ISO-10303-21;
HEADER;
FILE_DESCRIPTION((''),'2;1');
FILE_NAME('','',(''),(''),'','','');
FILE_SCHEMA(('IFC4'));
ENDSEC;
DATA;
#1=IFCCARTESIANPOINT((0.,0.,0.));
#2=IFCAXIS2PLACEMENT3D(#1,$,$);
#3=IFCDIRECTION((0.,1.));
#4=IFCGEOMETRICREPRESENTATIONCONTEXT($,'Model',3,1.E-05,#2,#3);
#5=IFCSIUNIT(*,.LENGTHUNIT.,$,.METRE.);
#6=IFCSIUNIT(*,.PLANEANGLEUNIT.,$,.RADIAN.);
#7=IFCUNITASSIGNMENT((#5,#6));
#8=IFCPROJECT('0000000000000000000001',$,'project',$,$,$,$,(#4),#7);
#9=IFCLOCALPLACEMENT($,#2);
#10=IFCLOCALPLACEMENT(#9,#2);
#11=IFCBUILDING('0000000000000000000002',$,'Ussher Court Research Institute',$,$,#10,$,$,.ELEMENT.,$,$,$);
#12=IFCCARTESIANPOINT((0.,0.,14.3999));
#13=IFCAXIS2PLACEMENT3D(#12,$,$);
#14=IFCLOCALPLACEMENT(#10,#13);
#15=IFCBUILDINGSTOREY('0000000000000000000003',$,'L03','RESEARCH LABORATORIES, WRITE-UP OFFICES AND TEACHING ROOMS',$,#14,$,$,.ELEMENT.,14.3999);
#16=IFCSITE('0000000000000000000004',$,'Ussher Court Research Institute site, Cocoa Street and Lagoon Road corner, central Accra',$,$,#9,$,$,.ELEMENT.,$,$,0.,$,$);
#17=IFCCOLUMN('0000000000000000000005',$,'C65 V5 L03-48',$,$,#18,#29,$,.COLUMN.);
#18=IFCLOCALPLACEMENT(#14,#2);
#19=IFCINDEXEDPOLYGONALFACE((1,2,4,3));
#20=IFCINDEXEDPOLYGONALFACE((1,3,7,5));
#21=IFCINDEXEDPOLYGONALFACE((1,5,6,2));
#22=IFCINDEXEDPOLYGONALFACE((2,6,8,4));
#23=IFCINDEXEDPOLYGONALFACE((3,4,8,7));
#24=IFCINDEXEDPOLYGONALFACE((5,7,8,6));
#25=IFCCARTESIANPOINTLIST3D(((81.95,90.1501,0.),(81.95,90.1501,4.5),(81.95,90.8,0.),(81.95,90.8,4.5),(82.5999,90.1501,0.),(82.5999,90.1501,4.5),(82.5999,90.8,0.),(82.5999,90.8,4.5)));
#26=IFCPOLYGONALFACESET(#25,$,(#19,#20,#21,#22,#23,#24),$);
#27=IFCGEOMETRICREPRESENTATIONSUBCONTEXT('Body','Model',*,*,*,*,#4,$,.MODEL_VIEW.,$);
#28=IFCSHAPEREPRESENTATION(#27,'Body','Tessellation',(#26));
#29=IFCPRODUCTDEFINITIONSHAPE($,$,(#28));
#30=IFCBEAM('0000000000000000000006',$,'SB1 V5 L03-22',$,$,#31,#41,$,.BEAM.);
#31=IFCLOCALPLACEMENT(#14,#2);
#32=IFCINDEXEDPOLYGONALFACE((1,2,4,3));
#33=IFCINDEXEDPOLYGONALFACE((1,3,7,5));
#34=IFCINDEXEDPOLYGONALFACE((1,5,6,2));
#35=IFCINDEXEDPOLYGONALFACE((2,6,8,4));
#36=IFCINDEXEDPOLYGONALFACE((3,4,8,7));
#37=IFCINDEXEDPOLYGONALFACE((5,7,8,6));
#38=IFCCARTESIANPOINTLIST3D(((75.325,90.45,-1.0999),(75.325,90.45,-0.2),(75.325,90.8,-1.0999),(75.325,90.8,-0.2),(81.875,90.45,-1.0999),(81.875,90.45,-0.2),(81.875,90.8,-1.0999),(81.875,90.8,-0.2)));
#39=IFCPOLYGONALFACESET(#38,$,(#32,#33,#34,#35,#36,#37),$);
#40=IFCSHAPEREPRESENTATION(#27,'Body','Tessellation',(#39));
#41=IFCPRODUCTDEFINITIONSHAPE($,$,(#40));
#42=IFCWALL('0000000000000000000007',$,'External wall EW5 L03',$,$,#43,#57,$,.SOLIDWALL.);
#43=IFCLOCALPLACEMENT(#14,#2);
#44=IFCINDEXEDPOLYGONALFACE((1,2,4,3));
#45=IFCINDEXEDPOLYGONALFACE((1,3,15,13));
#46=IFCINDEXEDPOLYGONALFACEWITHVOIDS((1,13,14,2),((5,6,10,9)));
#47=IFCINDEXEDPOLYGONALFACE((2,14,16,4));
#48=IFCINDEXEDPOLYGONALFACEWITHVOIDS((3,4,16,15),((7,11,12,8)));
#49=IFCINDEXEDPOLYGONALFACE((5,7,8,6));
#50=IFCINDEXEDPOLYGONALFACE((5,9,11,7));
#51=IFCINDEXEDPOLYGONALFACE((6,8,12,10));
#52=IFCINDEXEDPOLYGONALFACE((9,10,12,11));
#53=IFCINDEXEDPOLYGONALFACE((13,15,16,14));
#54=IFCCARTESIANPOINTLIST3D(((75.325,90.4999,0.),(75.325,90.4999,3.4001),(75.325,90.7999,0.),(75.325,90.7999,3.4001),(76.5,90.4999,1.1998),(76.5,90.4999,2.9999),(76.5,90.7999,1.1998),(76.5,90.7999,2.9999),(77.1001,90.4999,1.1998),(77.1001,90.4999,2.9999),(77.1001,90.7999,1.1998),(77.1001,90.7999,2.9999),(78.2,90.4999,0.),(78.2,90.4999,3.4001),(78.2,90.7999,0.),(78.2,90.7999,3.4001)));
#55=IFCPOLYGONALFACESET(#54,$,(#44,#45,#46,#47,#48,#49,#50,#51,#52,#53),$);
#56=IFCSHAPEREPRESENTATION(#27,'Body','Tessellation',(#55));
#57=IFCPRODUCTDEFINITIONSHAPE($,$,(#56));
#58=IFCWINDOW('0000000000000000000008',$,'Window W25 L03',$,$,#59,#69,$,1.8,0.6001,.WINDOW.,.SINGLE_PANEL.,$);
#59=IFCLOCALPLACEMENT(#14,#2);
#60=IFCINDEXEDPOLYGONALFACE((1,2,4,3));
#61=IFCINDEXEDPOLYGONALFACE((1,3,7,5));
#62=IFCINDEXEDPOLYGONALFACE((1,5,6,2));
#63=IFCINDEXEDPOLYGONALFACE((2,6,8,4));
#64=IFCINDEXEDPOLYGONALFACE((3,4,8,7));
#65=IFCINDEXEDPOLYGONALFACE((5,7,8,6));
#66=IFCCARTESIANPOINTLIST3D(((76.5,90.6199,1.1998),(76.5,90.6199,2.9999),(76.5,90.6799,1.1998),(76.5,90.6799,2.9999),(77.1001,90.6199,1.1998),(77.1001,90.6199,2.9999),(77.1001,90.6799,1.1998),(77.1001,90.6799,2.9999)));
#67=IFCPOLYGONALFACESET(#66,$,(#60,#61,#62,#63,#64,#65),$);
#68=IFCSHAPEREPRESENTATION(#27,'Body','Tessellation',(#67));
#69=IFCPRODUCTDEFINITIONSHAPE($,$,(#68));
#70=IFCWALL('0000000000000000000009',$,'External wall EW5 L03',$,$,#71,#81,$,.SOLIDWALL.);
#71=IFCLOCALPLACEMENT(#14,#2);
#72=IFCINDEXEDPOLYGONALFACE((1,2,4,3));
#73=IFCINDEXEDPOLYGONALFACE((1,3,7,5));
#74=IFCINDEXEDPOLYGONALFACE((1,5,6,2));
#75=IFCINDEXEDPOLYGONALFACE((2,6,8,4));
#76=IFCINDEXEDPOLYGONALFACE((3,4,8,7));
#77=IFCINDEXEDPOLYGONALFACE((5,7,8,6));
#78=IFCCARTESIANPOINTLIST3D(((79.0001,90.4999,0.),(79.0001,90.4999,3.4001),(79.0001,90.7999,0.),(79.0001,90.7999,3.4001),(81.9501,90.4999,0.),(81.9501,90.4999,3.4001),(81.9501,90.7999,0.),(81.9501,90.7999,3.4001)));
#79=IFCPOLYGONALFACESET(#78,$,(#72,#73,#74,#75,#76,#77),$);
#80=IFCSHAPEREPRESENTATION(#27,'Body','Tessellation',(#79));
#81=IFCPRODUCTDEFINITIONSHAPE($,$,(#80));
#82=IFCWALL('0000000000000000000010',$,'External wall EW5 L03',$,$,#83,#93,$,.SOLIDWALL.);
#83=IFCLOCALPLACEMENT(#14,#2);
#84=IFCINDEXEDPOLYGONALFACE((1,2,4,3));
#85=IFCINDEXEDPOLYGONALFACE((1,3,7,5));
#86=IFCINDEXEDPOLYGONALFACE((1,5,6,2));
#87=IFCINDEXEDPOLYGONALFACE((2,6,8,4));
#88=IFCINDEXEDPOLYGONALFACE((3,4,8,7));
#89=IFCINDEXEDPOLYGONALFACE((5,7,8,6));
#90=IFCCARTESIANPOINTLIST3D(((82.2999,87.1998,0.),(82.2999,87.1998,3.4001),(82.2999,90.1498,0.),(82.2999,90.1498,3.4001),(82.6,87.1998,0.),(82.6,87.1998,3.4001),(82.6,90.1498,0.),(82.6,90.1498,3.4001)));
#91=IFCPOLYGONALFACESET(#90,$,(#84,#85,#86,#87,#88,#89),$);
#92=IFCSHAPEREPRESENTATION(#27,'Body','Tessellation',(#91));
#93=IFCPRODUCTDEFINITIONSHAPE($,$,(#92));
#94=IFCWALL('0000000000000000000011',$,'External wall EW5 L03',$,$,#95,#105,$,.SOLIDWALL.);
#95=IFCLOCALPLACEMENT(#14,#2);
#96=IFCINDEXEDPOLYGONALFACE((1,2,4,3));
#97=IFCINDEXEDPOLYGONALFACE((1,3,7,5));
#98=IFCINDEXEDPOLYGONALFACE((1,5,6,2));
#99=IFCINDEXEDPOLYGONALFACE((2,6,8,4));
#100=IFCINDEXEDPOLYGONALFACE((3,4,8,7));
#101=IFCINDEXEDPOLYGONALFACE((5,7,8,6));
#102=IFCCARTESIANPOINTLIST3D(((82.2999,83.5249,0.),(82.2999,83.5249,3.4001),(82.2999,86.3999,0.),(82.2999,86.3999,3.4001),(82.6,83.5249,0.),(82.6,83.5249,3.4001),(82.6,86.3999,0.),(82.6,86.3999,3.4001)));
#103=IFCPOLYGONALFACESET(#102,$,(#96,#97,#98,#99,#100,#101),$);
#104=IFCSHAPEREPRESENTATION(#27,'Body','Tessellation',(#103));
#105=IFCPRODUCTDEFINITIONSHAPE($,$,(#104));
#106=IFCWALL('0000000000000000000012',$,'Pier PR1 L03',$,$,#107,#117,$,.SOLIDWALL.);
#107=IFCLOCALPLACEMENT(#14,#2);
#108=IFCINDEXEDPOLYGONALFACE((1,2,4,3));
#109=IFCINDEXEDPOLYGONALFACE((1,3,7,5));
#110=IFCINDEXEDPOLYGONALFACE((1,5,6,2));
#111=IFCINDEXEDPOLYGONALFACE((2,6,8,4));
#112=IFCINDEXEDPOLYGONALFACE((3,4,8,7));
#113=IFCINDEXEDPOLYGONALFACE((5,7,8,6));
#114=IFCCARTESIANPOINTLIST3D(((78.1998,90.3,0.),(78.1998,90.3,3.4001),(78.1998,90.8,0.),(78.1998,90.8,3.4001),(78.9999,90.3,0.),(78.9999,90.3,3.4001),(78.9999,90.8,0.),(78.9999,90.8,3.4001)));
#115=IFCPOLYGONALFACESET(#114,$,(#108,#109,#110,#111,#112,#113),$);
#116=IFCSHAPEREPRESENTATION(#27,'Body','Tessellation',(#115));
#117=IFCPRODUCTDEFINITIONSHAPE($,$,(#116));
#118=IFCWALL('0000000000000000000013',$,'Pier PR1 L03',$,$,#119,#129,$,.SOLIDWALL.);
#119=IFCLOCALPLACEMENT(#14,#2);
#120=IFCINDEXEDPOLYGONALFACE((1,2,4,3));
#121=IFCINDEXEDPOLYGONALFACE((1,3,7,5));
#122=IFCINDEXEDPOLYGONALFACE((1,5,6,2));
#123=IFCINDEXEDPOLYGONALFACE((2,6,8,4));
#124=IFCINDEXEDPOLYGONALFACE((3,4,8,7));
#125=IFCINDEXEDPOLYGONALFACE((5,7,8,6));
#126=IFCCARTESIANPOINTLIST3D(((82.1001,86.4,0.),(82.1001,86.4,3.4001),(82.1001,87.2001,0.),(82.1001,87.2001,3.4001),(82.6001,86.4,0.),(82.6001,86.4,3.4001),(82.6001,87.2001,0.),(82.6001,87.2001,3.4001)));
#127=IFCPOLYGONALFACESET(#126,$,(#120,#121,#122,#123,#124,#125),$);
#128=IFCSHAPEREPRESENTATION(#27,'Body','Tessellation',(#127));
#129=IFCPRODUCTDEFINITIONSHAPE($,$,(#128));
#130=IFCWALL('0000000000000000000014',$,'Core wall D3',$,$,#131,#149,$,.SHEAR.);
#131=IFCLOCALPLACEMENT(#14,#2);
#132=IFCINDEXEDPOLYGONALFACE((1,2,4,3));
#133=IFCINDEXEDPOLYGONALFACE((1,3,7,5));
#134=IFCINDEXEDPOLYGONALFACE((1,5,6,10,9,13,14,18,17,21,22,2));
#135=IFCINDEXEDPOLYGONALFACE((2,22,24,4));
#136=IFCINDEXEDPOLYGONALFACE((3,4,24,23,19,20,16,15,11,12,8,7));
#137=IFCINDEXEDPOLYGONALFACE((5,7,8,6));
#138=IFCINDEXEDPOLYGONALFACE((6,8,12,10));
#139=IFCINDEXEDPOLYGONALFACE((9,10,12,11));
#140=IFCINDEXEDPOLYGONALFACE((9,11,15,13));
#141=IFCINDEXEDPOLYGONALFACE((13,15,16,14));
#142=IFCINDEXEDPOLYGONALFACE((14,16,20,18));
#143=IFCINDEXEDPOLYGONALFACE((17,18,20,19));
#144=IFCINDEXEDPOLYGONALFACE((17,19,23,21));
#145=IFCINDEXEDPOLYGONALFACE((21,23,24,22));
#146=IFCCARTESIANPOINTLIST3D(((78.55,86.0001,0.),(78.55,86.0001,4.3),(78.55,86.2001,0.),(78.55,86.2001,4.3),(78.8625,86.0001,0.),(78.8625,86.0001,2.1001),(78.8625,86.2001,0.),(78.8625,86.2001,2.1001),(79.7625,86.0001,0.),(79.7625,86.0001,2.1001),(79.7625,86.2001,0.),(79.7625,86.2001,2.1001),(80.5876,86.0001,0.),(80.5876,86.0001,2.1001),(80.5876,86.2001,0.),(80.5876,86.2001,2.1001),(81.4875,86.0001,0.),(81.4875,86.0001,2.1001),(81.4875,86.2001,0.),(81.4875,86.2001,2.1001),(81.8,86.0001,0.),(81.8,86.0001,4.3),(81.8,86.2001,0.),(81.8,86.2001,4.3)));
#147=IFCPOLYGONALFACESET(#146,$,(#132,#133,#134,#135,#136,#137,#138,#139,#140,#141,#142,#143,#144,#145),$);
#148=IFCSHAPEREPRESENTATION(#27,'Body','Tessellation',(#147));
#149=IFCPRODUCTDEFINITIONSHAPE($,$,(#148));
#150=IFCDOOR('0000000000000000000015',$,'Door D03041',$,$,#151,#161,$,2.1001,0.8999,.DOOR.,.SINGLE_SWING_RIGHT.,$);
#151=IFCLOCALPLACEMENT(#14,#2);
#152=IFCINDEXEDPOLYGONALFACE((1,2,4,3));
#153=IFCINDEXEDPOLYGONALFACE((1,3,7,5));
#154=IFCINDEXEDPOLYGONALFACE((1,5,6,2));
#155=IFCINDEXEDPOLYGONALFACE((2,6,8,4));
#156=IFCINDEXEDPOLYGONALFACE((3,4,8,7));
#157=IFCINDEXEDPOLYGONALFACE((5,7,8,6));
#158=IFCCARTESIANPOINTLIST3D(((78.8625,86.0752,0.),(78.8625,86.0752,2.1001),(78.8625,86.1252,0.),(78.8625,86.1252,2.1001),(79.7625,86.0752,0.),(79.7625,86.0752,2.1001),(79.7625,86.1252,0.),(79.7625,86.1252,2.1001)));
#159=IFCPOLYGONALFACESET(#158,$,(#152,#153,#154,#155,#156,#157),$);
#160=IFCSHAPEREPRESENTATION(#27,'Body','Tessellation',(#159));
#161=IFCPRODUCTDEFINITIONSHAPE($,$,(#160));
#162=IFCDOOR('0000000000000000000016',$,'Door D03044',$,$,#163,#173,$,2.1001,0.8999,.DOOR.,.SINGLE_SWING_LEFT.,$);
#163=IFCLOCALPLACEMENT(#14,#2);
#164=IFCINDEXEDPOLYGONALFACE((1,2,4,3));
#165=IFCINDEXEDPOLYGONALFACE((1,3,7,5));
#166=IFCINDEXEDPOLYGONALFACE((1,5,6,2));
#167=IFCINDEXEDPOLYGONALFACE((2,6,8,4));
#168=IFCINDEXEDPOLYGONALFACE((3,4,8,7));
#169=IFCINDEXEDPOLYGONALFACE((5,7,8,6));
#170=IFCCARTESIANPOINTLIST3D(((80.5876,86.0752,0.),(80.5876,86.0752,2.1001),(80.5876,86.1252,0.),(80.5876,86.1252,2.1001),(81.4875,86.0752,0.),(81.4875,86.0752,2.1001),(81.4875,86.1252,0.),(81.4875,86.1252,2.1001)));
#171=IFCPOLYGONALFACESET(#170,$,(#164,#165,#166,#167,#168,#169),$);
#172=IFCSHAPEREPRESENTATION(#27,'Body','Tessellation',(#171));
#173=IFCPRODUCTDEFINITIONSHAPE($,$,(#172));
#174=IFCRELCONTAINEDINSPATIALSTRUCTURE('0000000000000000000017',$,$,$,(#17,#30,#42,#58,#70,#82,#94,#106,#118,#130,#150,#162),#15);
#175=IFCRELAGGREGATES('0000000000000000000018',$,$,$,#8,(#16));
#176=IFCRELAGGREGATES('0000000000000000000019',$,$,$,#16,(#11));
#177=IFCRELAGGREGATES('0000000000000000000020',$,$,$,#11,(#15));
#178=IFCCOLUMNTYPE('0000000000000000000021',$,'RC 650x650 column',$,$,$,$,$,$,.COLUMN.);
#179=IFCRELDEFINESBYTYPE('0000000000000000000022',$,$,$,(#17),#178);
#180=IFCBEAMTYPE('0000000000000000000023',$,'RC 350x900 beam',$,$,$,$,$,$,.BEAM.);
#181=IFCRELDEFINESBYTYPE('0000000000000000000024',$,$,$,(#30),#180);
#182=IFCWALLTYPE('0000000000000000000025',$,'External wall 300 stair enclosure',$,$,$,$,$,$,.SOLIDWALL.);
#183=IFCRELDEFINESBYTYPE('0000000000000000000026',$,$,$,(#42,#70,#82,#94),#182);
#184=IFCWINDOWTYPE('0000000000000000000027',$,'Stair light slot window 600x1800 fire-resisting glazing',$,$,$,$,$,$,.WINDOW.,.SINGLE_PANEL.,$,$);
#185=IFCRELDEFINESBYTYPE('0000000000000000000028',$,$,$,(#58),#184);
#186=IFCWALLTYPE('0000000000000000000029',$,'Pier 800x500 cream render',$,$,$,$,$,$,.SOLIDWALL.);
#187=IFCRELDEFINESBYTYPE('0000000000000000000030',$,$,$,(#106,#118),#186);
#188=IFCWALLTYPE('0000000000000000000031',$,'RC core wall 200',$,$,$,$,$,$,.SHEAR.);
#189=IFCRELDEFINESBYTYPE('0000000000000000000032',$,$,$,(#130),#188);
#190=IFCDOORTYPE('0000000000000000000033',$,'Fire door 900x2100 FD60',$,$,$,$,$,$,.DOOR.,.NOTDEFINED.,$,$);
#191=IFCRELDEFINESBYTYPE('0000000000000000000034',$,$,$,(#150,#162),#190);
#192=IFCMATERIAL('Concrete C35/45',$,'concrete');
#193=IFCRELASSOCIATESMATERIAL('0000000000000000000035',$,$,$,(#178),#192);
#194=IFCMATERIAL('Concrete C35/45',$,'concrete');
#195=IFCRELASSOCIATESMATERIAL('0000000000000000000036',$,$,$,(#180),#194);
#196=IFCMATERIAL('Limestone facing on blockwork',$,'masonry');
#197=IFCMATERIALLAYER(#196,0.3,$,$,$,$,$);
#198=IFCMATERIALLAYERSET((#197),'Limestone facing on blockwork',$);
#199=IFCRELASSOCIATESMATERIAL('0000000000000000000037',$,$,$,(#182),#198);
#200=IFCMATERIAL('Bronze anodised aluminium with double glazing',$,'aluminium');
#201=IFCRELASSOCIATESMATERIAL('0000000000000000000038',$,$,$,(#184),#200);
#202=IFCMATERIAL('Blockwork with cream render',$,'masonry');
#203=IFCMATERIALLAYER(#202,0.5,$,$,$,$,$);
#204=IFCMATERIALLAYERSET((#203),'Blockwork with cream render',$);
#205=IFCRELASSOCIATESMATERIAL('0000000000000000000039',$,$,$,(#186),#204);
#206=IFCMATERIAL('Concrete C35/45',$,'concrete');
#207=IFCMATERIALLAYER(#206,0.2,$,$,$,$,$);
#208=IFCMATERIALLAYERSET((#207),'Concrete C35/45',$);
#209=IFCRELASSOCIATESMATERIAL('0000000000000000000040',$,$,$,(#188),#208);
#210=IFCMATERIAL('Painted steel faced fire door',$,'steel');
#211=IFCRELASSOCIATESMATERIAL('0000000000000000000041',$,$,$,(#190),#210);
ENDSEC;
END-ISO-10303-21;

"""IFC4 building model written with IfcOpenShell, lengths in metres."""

from ifc_helpers import new_model, si_unit, direction, frame, frame_2d, origin, origin_2d, place, context, subcontext, project, spatial, rectangle, extrude, material, layer, layer_set, material_profile, profile_set, type_object, element, fill, save


model = new_model("IFC4")

# Units and contexts
model_context = context("Model", 3, precision=1e-05, world=origin(), true_north=direction((0.0, 1.0)))
body_context = subcontext(model_context, "Body", "Model", "MODEL_VIEW")
ifc_project = project(units=[si_unit("LENGTHUNIT", "METRE"), si_unit("PLANEANGLEUNIT", "RADIAN")], contexts=[model_context])

# Site, building, storey
site_placement = place(None, origin())
site = spatial("IfcSite", under=ifc_project, at=site_placement, Name="Ussher Court Research Institute site, Cocoa Street and Lagoon Road corner, central Accra", CompositionType="ELEMENT", RefElevation=0.0)
building_placement = place(site_placement, origin())
building = spatial("IfcBuilding", under=site, at=building_placement, Name="Ussher Court Research Institute", CompositionType="ELEMENT")
storey_placement = place(building_placement, frame((0.0, 0.0, 14.3999)))
storey = spatial("IfcBuildingStorey", under=building, at=storey_placement, Name="L03", Description="RESEARCH LABORATORIES, WRITE-UP OFFICES AND TEACHING ROOMS", CompositionType="ELEMENT", Elevation=14.3999)

# Column
ifc_material_1 = material(Name="Concrete C35/45", Category="concrete")
ifc_material_profile_1 = material_profile(ifc_material_1, rectangle(XDim=0.6499, YDim=0.6499, at=origin_2d()), Name="RC 650x650")
ifc_profile_set_1 = profile_set([ifc_material_profile_1], Name="Concrete C35/45")
column_type = type_object("IfcColumnType", Name="RC 650x650 column", PredefinedType="COLUMN", material=ifc_profile_set_1)
column_placement = place(storey_placement, frame((82.2749, 90.4751, 0.0), z_axis=(0.0, 0.0, 1.0), x_axis=(1.0, 0.0, 0.0)))
element("IfcColumn", 1, at=column_placement, inside=storey, type_object=column_type, Name="C65 V5 L03-48", PredefinedType="COLUMN", context=body_context, shape_type="SweptSolid", body=[
    extrude(rectangle(XDim=0.6499, YDim=0.6499, at=origin_2d()), origin(), (0.0, 0.0, 1.0), 4.5),
])

# Beam
ifc_material_2 = material(Name="Concrete C35/45", Category="concrete")
ifc_material_profile_2 = material_profile(ifc_material_2, rectangle(XDim=0.3501, YDim=0.8999, at=origin_2d()), Name="RC 350x900")
ifc_profile_set_2 = profile_set([ifc_material_profile_2], Name="Concrete C35/45")
beam_type = type_object("IfcBeamType", Name="RC 350x900 beam", PredefinedType="BEAM", material=ifc_profile_set_2)
beam_placement = place(storey_placement, frame((75.325, 90.625, -0.6499), z_axis=(1.0, 0.0, 0.0), x_axis=(0.0, 1.0, 0.0)))
element("IfcBeam", 2, at=beam_placement, inside=storey, type_object=beam_type, Name="SB1 V5 L03-22", PredefinedType="BEAM", context=body_context, shape_type="SweptSolid", body=[
    extrude(rectangle(XDim=0.3501, YDim=0.8999, at=origin_2d()), origin(), (0.0, 0.0, 1.0), 6.55),
])

# Wall, opening, window
ifc_material_3 = material(Name="Limestone facing on blockwork", Category="masonry")
ifc_layer_1 = layer(ifc_material_3, 0.3)
ifc_layer_set_1 = layer_set([ifc_layer_1], Name="Limestone facing on blockwork")
wall_type_1 = type_object("IfcWallType", Name="External wall 300 stair enclosure", PredefinedType="SOLIDWALL", material=ifc_layer_set_1)
wall_1_placement = place(storey_placement, frame((75.325, 90.6499, 0.0), z_axis=(0.0, 0.0, 1.0), x_axis=(1.0, 0.0, 0.0)))
wall_1 = element("IfcWall", 3, at=wall_1_placement, inside=storey, type_object=wall_type_1, Name="External wall EW5 L03", PredefinedType="SOLIDWALL", context=body_context, shape_type="SweptSolid", body=[
    extrude(rectangle(XDim=2.875, YDim=0.3, at=frame_2d((1.4375, 0.0))), origin(), (0.0, 0.0, 1.0), 3.4001),
])
opening_1_placement = place(wall_1_placement, frame((1.175, 0.0, 1.2)))
opening_1 = element("IfcOpeningElement", 4, at=opening_1_placement, cuts=wall_1, PredefinedType="OPENING", context=body_context, shape_type="SweptSolid", body=[
    extrude(rectangle(XDim=0.6001, YDim=1.8, at=frame_2d((0.3, 0.8999))), frame((0.0, 0.1602, 0.0), z_axis=(0.0, -1.0, 0.0), x_axis=(1.0, 0.0, 0.0)), (0.0, 0.0, 1.0), 0.3201),
])
ifc_material_4 = material(Name="Bronze anodised aluminium with double glazing", Category="aluminium")
window_type = type_object("IfcWindowType", Name="Stair light slot window 600x1800 fire-resisting glazing", PartitioningType="SINGLE_PANEL", PredefinedType="WINDOW", material=ifc_material_4)
window_1_placement = place(opening_1_placement, origin())
window_1 = element("IfcWindow", 5, at=window_1_placement, inside=storey, type_object=window_type, Name="Window W25 L03", OverallHeight=1.8, OverallWidth=0.6001, PartitioningType="SINGLE_PANEL", PredefinedType="WINDOW", context=body_context, shape_type="SweptSolid", body=[
    extrude(rectangle(XDim=0.6001, YDim=1.8, at=frame_2d((0.3, 0.8999))), frame((0.0, 0.03, 0.0), z_axis=(0.0, -1.0, 0.0), x_axis=(1.0, 0.0, 0.0)), (0.0, 0.0, 1.0), 0.0601),
])
fill(opening_1, window_1)

# Walls
for number, where, z_axis, x_axis, name in (
    (6, (79.0, 90.6499, 0.0), (0.0, 0.0, 1.0), (1.0, 0.0, 0.0), "External wall EW5 L03"),
    (7, (82.45, 90.1499, 0.0), (0.0, 0.0, 1.0), (0.0, -1.0, 0.0), "External wall EW5 L03"),
):
    element("IfcWall", number, at=place(storey_placement, frame(where, z_axis=z_axis, x_axis=x_axis)), inside=storey, type_object=wall_type_1, Name=name, PredefinedType="SOLIDWALL", context=body_context, shape_type="SweptSolid", body=[
        extrude(rectangle(XDim=2.95, YDim=0.3, at=frame_2d((1.4751, 0.0))), origin(), (0.0, 0.0, 1.0), 3.4001),
    ])
wall_2_placement = place(storey_placement, frame((82.45, 86.3999, 0.0), z_axis=(0.0, 0.0, 1.0), x_axis=(0.0, -1.0, 0.0)))
element("IfcWall", 8, at=wall_2_placement, inside=storey, type_object=wall_type_1, Name="External wall EW5 L03", PredefinedType="SOLIDWALL", context=body_context, shape_type="SweptSolid", body=[
    extrude(rectangle(XDim=2.875, YDim=0.3, at=frame_2d((1.4375, 0.0))), origin(), (0.0, 0.0, 1.0), 3.4001),
])
ifc_material_5 = material(Name="Blockwork with cream render", Category="masonry")
ifc_layer_2 = layer(ifc_material_5, 0.5)
ifc_layer_set_2 = layer_set([ifc_layer_2], Name="Blockwork with cream render")
wall_type_2 = type_object("IfcWallType", Name="Pier 800x500 cream render", PredefinedType="SOLIDWALL", material=ifc_layer_set_2)
for number, where, z_axis, x_axis, name in (
    (9, (78.2, 90.55, 0.0), (0.0, 0.0, 1.0), (1.0, 0.0, 0.0), "Pier PR1 L03"),
    (10, (82.3501, 87.2, 0.0), (0.0, 0.0, 1.0), (0.0, -1.0, 0.0), "Pier PR1 L03"),
):
    element("IfcWall", number, at=place(storey_placement, frame(where, z_axis=z_axis, x_axis=x_axis)), inside=storey, type_object=wall_type_2, Name=name, PredefinedType="SOLIDWALL", context=body_context, shape_type="SweptSolid", body=[
        extrude(rectangle(XDim=0.8, YDim=0.5, at=frame_2d((0.3999, 0.0))), origin(), (0.0, 0.0, 1.0), 3.4001),
    ])

# Wall, openings, doors
ifc_material_6 = material(Name="Concrete C35/45", Category="concrete")
ifc_layer_3 = layer(ifc_material_6, 0.2)
ifc_layer_set_3 = layer_set([ifc_layer_3], Name="Concrete C35/45")
wall_type_3 = type_object("IfcWallType", Name="RC core wall 200", PredefinedType="SHEAR", material=ifc_layer_set_3)
wall_3_placement = place(storey_placement, frame((81.8, 86.1001, 0.0), z_axis=(0.0, 0.0, 1.0), x_axis=(-1.0, 0.0, 0.0)))
wall_3 = element("IfcWall", 11, at=wall_3_placement, inside=storey, type_object=wall_type_3, Name="Core wall D3", PredefinedType="SHEAR", context=body_context, shape_type="SweptSolid", body=[
    extrude(rectangle(XDim=3.25, YDim=0.2, at=frame_2d((1.625, 0.0))), origin(), (0.0, 0.0, 1.0), 4.3),
])
opening_2_placement = place(wall_3_placement, frame((2.0376, 0.0, 0.0)))
opening_2 = element("IfcOpeningElement", 12, at=opening_2_placement, cuts=wall_3, PredefinedType="OPENING", context=body_context, shape_type="SweptSolid", body=[
    extrude(rectangle(XDim=0.8999, YDim=2.1001, at=frame_2d((0.45, 1.05))), frame((0.0, 0.1099, 0.0), z_axis=(0.0, -1.0, 0.0), x_axis=(1.0, 0.0, 0.0)), (0.0, 0.0, 1.0), 0.22),
])
opening_3_placement = place(wall_3_placement, frame((0.3125, 0.0, 0.0)))
opening_3 = element("IfcOpeningElement", 13, at=opening_3_placement, cuts=wall_3, PredefinedType="OPENING", context=body_context, shape_type="SweptSolid", body=[
    extrude(rectangle(XDim=0.8999, YDim=2.1001, at=frame_2d((0.45, 1.05))), frame((0.0, 0.1099, 0.0), z_axis=(0.0, -1.0, 0.0), x_axis=(1.0, 0.0, 0.0)), (0.0, 0.0, 1.0), 0.22),
])
ifc_material_7 = material(Name="Painted steel faced fire door", Category="steel")
door_type = type_object("IfcDoorType", Name="Fire door 900x2100 FD60", OperationType="NOTDEFINED", PredefinedType="DOOR", material=ifc_material_7)
door_1_placement = place(opening_2_placement, origin())
door_1 = element("IfcDoor", 14, at=door_1_placement, inside=storey, type_object=door_type, Name="Door D03041", OperationType="SINGLE_SWING_RIGHT", OverallHeight=2.1001, OverallWidth=0.8999, PredefinedType="DOOR", context=body_context, shape_type="SweptSolid", body=[
    extrude(rectangle(XDim=0.8999, YDim=2.1001, at=frame_2d((0.45, 1.05))), frame((0.0, 0.0249, 0.0), z_axis=(0.0, -1.0, 0.0), x_axis=(1.0, 0.0, 0.0)), (0.0, 0.0, 1.0), 0.05),
])
fill(opening_2, door_1)
door_2_placement = place(opening_3_placement, origin())
door_2 = element("IfcDoor", 15, at=door_2_placement, inside=storey, type_object=door_type, Name="Door D03044", OperationType="SINGLE_SWING_LEFT", OverallHeight=2.1001, OverallWidth=0.8999, PredefinedType="DOOR", context=body_context, shape_type="SweptSolid", body=[
    extrude(rectangle(XDim=0.8999, YDim=2.1001, at=frame_2d((0.45, 1.05))), frame((0.0, 0.0249, 0.0), z_axis=(0.0, -1.0, 0.0), x_axis=(1.0, 0.0, 0.0)), (0.0, 0.0, 1.0), 0.05),
])
fill(opening_3, door_2)

save(model, "model.ifc")
